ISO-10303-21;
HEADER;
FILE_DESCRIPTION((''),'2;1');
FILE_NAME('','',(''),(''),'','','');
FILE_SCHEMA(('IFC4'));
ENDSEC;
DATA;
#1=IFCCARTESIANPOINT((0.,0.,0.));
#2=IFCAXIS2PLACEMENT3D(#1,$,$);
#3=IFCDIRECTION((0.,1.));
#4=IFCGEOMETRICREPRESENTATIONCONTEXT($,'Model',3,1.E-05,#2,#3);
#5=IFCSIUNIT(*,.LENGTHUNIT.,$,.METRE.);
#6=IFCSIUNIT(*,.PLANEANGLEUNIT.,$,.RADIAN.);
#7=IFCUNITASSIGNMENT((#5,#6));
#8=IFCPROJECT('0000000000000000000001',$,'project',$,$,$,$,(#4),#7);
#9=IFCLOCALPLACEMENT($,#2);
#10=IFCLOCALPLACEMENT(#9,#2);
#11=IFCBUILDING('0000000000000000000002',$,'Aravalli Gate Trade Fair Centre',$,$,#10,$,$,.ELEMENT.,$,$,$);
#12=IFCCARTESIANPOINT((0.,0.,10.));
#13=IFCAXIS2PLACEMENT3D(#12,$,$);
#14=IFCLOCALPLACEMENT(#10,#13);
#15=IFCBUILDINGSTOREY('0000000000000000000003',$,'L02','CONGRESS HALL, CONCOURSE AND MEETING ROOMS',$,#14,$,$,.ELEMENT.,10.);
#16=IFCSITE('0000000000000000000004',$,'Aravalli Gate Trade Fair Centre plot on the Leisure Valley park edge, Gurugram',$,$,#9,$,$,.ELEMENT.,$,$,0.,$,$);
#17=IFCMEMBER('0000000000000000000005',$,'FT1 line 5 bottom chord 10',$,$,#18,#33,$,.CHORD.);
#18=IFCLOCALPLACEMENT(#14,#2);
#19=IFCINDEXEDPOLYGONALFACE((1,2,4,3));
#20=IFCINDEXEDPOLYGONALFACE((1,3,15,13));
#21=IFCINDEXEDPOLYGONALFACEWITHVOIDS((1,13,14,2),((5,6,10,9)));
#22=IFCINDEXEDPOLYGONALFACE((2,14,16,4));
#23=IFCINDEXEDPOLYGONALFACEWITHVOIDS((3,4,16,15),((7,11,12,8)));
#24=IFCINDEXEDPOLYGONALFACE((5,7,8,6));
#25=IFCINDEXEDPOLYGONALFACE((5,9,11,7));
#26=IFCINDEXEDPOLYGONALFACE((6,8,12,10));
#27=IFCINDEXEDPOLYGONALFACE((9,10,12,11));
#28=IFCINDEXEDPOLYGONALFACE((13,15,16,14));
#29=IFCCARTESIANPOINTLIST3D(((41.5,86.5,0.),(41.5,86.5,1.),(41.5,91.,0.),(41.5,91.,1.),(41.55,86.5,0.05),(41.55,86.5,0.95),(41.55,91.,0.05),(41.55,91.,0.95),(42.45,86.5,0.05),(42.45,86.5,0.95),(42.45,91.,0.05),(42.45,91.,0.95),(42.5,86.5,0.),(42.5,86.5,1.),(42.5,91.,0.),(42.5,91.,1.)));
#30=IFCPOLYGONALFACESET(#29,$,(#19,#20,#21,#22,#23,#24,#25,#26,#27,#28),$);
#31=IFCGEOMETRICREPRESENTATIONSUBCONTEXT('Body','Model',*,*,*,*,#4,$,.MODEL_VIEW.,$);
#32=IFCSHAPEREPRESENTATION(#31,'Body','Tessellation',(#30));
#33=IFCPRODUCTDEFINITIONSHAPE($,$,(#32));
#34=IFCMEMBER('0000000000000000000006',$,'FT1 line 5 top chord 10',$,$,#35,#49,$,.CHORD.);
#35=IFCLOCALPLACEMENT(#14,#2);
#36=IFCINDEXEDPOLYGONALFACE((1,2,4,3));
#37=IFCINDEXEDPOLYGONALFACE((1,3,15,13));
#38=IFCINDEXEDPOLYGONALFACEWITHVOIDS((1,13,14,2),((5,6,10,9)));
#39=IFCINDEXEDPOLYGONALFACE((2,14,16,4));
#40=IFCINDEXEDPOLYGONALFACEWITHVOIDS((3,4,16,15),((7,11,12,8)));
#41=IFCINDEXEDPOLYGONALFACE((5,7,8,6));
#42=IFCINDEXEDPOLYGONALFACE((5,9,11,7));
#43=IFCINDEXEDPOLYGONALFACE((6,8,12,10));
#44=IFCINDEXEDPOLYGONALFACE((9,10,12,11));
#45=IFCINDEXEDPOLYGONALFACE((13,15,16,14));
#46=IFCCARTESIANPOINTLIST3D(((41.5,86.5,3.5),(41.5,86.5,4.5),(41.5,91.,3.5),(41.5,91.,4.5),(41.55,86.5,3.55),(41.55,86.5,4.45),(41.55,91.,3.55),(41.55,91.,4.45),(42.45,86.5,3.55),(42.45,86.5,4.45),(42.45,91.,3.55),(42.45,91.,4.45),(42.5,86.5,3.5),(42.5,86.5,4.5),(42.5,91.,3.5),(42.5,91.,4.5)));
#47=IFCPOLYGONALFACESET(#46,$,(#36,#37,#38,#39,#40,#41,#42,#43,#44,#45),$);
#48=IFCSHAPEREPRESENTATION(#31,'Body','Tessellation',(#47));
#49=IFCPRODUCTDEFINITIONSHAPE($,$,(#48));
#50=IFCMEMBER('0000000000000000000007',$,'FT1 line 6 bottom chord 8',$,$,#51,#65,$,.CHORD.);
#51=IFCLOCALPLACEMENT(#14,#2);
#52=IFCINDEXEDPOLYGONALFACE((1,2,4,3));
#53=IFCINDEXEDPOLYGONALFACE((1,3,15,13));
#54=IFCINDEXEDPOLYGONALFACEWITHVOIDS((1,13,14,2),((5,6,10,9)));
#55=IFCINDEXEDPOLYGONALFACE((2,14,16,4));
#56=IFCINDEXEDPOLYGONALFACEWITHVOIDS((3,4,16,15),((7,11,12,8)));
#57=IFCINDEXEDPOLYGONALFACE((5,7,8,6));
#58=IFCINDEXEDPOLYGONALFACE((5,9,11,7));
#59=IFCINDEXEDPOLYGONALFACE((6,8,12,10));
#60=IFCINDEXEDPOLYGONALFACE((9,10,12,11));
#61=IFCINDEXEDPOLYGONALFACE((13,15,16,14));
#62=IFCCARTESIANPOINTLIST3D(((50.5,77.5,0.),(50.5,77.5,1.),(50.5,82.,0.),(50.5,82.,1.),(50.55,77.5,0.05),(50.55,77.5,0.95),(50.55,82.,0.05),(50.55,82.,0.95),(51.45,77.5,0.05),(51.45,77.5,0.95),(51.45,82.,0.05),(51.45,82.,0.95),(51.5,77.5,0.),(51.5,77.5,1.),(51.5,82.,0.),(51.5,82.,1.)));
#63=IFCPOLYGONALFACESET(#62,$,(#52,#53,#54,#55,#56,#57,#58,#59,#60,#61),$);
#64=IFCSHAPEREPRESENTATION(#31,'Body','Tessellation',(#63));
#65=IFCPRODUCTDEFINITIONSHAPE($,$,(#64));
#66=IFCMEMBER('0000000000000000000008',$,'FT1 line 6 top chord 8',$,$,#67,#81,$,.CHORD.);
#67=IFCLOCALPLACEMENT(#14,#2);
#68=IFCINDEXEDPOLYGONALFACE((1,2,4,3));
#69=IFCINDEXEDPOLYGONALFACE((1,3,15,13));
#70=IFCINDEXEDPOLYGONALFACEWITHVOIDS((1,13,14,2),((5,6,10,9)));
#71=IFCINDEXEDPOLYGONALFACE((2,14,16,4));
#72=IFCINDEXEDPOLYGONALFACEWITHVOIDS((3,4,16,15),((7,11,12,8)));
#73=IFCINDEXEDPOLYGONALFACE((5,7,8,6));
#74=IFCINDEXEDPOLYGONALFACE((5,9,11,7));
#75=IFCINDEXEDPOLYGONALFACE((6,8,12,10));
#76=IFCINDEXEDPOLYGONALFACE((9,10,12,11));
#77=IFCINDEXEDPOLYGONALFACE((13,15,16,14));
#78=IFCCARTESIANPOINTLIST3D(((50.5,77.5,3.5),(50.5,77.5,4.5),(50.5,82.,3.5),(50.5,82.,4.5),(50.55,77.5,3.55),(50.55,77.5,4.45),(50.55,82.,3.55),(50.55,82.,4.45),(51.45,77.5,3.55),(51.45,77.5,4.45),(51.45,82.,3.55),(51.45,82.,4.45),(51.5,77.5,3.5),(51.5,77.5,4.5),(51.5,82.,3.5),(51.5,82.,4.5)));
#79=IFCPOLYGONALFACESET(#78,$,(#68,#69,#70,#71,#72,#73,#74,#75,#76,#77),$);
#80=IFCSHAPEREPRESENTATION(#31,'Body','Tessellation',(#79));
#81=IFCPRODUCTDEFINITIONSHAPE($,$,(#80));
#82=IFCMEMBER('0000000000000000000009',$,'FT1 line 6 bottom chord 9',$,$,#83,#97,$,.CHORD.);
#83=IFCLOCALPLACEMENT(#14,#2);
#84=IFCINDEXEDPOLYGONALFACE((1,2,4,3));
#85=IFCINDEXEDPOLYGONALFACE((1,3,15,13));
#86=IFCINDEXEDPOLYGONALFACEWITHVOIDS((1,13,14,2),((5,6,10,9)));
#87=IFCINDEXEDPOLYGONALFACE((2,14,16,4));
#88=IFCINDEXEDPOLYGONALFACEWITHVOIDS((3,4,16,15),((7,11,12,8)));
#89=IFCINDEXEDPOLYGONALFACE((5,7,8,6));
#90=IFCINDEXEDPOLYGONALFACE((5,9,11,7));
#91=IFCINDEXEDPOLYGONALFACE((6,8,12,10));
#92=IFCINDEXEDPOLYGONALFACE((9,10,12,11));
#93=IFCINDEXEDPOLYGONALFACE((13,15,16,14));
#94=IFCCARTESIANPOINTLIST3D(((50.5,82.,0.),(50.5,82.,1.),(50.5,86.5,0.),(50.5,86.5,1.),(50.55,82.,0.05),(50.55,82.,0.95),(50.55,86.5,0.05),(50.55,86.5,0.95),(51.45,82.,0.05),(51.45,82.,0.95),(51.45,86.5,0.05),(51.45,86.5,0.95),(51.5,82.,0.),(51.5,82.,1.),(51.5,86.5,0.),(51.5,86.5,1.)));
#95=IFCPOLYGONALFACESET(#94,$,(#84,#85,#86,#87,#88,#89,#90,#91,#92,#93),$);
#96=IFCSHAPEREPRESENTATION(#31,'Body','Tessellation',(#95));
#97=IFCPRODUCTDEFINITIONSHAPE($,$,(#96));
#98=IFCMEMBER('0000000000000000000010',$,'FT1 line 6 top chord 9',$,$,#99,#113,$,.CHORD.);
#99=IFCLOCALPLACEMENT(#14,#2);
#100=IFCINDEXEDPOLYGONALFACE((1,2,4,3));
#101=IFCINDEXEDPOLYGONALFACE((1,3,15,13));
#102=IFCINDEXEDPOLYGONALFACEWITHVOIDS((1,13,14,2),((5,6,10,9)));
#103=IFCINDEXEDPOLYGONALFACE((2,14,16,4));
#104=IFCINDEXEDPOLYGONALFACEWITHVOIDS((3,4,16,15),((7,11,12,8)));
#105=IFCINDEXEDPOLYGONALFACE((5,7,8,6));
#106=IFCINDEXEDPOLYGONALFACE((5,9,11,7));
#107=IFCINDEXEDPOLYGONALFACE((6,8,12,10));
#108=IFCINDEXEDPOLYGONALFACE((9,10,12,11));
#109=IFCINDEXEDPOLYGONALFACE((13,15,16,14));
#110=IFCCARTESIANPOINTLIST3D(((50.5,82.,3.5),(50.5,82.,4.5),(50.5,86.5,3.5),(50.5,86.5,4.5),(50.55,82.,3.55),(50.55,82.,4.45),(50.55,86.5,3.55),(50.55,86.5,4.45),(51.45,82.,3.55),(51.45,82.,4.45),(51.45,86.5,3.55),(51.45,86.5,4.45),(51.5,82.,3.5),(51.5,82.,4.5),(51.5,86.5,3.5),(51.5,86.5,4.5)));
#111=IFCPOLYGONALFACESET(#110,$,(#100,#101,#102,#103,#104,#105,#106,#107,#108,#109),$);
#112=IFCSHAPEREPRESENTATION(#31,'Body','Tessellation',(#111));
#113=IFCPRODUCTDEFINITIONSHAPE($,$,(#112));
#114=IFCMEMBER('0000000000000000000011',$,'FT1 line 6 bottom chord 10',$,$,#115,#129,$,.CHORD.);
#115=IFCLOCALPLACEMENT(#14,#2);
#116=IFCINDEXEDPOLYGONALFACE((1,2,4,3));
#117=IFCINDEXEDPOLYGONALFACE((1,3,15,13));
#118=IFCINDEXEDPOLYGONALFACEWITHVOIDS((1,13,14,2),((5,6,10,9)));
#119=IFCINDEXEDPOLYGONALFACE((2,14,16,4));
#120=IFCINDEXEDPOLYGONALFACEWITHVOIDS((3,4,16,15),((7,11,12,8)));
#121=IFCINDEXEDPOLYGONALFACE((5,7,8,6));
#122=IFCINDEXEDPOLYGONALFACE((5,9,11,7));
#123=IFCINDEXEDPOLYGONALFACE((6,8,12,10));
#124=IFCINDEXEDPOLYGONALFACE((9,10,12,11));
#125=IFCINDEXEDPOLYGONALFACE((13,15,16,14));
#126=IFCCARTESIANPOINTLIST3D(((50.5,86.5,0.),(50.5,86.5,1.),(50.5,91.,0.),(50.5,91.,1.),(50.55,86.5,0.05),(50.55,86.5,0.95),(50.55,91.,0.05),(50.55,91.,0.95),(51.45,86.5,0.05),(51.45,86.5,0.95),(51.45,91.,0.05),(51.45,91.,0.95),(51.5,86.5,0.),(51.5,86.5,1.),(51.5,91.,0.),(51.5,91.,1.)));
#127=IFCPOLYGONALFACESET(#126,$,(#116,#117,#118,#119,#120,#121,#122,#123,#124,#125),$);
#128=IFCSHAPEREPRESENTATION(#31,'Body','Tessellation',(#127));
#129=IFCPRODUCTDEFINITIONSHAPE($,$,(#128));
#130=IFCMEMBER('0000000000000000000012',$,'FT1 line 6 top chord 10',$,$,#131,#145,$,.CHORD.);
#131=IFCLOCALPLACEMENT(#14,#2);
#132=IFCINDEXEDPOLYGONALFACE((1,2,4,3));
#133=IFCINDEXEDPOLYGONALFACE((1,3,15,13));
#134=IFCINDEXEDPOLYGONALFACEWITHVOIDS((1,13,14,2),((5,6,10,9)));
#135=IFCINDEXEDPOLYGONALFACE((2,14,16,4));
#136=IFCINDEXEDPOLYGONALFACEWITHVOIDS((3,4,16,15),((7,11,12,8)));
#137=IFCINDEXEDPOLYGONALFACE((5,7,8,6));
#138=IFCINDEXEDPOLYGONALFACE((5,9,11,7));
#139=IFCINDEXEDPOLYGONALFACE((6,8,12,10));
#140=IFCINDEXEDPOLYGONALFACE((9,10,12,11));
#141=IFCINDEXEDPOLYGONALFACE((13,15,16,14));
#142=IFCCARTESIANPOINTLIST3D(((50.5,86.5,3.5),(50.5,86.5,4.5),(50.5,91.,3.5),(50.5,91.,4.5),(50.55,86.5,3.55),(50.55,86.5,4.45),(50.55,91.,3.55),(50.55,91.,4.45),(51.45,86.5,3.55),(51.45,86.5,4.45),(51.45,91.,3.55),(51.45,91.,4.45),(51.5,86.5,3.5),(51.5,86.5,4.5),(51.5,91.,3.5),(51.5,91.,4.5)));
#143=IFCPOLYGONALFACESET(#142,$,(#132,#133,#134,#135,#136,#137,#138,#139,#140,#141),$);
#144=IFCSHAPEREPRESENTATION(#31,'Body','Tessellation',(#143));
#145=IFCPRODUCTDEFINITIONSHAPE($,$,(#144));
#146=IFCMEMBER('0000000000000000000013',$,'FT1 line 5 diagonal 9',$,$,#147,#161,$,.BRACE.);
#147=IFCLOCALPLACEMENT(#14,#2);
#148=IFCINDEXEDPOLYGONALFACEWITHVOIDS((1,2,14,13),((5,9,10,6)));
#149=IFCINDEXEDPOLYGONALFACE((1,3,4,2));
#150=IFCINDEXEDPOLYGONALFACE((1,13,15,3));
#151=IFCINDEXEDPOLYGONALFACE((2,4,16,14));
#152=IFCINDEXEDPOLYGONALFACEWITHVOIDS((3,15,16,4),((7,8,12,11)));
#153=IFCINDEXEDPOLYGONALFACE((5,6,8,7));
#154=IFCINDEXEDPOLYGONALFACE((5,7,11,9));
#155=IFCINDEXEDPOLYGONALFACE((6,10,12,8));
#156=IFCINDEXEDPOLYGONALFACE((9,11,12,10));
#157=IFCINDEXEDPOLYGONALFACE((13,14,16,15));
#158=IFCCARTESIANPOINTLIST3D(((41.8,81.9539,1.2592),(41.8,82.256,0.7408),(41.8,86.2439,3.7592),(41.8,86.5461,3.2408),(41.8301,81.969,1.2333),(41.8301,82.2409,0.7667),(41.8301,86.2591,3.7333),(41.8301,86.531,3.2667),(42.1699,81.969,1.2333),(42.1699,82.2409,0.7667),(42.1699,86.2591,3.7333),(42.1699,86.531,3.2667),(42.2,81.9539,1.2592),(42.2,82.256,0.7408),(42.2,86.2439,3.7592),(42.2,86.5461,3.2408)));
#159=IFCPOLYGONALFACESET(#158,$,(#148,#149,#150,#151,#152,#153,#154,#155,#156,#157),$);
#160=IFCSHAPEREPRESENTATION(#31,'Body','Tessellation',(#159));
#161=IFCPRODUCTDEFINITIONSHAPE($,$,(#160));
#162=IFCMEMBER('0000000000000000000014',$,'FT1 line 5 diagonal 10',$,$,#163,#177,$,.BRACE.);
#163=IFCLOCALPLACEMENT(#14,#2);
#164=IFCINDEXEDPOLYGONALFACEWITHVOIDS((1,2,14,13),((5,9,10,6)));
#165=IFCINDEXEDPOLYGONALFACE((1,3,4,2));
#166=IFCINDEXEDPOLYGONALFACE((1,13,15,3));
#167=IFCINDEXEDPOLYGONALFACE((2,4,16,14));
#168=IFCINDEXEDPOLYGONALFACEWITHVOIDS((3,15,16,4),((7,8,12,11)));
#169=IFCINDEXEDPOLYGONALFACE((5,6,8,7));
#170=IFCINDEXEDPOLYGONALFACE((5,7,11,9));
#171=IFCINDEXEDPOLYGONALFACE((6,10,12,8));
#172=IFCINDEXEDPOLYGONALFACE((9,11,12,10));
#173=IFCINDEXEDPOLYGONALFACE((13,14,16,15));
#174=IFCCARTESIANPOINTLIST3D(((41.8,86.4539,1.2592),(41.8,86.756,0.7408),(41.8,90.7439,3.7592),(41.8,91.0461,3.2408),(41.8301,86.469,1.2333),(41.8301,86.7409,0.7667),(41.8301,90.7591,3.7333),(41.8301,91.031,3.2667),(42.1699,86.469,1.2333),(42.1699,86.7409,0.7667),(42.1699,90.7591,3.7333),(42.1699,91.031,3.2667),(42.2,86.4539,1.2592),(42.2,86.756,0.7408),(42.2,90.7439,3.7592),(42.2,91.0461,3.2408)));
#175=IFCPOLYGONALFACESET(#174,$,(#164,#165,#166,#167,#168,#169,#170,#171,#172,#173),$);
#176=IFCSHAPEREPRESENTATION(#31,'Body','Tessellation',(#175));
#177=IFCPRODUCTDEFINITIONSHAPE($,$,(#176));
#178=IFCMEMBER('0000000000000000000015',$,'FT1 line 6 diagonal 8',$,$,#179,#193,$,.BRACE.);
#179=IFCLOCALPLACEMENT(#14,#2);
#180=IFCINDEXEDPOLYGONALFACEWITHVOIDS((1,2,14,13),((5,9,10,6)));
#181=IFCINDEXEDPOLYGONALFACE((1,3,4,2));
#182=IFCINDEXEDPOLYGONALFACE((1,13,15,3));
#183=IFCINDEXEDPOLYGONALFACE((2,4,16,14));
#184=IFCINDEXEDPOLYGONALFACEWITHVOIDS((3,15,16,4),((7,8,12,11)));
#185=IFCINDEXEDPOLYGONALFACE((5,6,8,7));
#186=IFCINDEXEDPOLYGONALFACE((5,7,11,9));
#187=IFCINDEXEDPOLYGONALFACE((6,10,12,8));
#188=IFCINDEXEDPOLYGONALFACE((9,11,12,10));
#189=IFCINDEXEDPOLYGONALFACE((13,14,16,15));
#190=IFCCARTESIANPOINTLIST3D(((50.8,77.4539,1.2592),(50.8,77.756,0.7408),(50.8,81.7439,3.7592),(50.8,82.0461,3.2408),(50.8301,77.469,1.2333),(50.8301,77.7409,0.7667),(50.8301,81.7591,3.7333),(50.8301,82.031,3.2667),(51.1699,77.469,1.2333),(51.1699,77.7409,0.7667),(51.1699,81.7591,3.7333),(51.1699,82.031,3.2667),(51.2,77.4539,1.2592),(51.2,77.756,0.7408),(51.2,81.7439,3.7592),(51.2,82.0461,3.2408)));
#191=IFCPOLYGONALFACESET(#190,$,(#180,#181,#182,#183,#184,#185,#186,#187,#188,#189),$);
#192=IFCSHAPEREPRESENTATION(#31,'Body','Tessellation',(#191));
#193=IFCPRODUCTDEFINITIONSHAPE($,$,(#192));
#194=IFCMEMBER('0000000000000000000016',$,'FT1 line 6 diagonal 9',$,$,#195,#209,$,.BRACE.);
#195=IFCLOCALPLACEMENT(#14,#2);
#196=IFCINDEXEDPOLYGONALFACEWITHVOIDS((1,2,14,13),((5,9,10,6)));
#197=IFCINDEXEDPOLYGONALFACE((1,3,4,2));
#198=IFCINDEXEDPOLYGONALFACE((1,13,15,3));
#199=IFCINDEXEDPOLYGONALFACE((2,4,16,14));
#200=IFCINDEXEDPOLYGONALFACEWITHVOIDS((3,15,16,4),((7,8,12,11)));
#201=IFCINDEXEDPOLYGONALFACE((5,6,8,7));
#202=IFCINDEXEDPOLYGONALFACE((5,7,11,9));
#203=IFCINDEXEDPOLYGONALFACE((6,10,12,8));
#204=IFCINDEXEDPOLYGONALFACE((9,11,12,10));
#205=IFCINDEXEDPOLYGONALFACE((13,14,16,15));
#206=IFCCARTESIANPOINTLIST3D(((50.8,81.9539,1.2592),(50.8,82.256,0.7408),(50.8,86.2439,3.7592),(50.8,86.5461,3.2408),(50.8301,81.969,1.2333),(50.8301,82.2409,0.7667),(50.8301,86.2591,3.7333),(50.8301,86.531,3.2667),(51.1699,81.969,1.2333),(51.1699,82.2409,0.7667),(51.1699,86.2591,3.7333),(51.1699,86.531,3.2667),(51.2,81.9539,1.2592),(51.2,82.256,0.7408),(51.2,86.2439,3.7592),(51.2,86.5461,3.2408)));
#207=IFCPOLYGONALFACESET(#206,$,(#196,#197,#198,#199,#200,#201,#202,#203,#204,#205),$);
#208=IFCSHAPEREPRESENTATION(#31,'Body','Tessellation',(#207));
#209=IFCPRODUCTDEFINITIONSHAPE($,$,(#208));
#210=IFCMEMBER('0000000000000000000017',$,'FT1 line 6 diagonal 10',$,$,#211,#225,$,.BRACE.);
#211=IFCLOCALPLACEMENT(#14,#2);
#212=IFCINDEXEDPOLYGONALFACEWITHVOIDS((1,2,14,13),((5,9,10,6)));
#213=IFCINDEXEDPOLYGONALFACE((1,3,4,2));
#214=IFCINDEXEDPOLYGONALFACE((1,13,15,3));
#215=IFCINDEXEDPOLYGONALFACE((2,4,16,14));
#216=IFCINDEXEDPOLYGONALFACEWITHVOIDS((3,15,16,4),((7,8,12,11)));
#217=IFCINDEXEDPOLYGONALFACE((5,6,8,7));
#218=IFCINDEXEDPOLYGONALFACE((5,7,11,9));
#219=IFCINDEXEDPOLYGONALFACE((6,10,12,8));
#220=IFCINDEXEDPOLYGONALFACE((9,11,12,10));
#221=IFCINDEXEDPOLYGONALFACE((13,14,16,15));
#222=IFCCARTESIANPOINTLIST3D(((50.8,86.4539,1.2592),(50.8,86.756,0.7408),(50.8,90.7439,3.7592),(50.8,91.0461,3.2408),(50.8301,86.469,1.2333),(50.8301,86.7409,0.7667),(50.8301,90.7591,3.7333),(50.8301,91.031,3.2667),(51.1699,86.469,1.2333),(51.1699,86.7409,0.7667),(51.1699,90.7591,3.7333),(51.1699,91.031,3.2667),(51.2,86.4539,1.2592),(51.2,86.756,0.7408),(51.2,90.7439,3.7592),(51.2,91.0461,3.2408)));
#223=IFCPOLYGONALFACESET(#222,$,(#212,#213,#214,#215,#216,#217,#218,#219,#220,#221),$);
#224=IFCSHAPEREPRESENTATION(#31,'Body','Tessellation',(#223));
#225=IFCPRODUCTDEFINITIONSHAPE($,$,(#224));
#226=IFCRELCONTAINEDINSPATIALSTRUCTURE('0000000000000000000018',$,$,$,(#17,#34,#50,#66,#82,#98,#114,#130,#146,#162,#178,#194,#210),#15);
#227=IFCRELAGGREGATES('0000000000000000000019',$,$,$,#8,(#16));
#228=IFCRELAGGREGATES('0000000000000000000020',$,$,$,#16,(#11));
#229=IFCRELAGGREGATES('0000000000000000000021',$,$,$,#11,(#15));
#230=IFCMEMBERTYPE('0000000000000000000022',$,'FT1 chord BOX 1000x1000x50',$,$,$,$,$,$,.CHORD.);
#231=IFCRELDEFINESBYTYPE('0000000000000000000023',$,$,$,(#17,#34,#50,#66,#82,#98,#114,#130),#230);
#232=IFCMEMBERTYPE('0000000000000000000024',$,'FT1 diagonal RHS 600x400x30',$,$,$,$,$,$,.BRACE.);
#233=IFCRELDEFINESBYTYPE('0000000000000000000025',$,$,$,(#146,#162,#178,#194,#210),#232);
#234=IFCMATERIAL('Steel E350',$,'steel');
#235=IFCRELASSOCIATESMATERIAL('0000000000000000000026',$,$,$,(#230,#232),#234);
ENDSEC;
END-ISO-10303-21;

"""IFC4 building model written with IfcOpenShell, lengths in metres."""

from ifc_helpers import new_model, si_unit, direction, frame, origin, origin_2d, place, context, subcontext, project, spatial, hollow_rectangle, extrude, material, material_profile, profile_set, type_object, element, save


model = new_model("IFC4")

# Units and contexts
model_context = context("Model", 3, precision=1e-05, world=origin(), true_north=direction((0.0, 1.0)))
body_context = subcontext(model_context, "Body", "Model", "MODEL_VIEW")
ifc_project = project(units=[si_unit("LENGTHUNIT", "METRE"), si_unit("PLANEANGLEUNIT", "RADIAN")], contexts=[model_context])

# Site, building, storey
site_placement = place(None, origin())
site = spatial("IfcSite", under=ifc_project, at=site_placement, Name="Aravalli Gate Trade Fair Centre plot on the Leisure Valley park edge, Gurugram", CompositionType="ELEMENT", RefElevation=0.0)
building_placement = place(site_placement, origin())
building = spatial("IfcBuilding", under=site, at=building_placement, Name="Aravalli Gate Trade Fair Centre", CompositionType="ELEMENT")
storey_placement = place(building_placement, frame((0.0, 0.0, 10.0)))
storey = spatial("IfcBuildingStorey", under=building, at=storey_placement, Name="L02", Description="CONGRESS HALL, CONCOURSE AND MEETING ROOMS", CompositionType="ELEMENT", Elevation=10.0)

# Members
ifc_material = material(Name="Steel E350", Category="steel")
ifc_material_profile_1 = material_profile(ifc_material, hollow_rectangle(XDim=1.0, YDim=1.0, WallThickness=0.05, at=origin_2d()), Name="BOX 1000x1000x50")
ifc_profile_set_1 = profile_set([ifc_material_profile_1], Name="Steel E350")
member_type_1 = type_object("IfcMemberType", Name="FT1 chord BOX 1000x1000x50", PredefinedType="CHORD", material=ifc_profile_set_1)
for number, where, z_axis, x_axis, name in (
    (1, (42.0, 86.5, 0.5), (0.0, 1.0, 0.0), (-1.0, 0.0, 0.0), "FT1 line 5 bottom chord 10"),
    (2, (42.0, 86.5, 4.0), (0.0, 1.0, 0.0), (-1.0, 0.0, 0.0), "FT1 line 5 top chord 10"),
    (3, (51.0, 77.5, 0.5), (0.0, 1.0, 0.0), (-1.0, 0.0, 0.0), "FT1 line 6 bottom chord 8"),
    (4, (51.0, 77.5, 4.0), (0.0, 1.0, 0.0), (-1.0, 0.0, 0.0), "FT1 line 6 top chord 8"),
    (5, (51.0, 82.0, 0.5), (0.0, 1.0, 0.0), (-1.0, 0.0, 0.0), "FT1 line 6 bottom chord 9"),
    (6, (51.0, 82.0, 4.0), (0.0, 1.0, 0.0), (-1.0, 0.0, 0.0), "FT1 line 6 top chord 9"),
    (7, (51.0, 86.5, 0.5), (0.0, 1.0, 0.0), (-1.0, 0.0, 0.0), "FT1 line 6 bottom chord 10"),
    (8, (51.0, 86.5, 4.0), (0.0, 1.0, 0.0), (-1.0, 0.0, 0.0), "FT1 line 6 top chord 10"),
):
    element("IfcMember", number, at=place(storey_placement, frame(where, z_axis=z_axis, x_axis=x_axis)), inside=storey, type_object=member_type_1, Name=name, PredefinedType="CHORD", context=body_context, shape_type="SweptSolid", body=[
        extrude(hollow_rectangle(XDim=1.0, YDim=1.0, WallThickness=0.05, at=origin_2d()), origin(), (0.0, 0.0, 1.0), 4.5),
    ])
ifc_material_profile_2 = material_profile(ifc_material, hollow_rectangle(XDim=0.3999, YDim=0.6001, WallThickness=0.03, at=origin_2d()), Name="RHS 600x400x30")
ifc_profile_set_2 = profile_set([ifc_material_profile_2], Name="Steel E350")
member_type_2 = type_object("IfcMemberType", Name="FT1 diagonal RHS 600x400x30", PredefinedType="BRACE", material=ifc_profile_set_2)
for number, where, z_axis, x_axis, name in (
    (9, (42.0, 86.395, 3.5), (0.0, -0.864, -0.503492), (1.0, 0.0, 0.0), "FT1 line 5 diagonal 9"),
    (10, (42.0, 90.895, 3.5), (0.0, -0.864, -0.503492), (1.0, 0.0, 0.0), "FT1 line 5 diagonal 10"),
    (11, (51.0, 81.895, 3.5), (0.0, -0.864, -0.503492), (1.0, 0.0, 0.0), "FT1 line 6 diagonal 8"),
    (12, (51.0, 86.395, 3.5), (0.0, -0.864, -0.503492), (1.0, 0.0, 0.0), "FT1 line 6 diagonal 9"),
    (13, (51.0, 90.895, 3.5), (0.0, -0.864, -0.503492), (1.0, 0.0, 0.0), "FT1 line 6 diagonal 10"),
):
    element("IfcMember", number, at=place(storey_placement, frame(where, z_axis=z_axis, x_axis=x_axis)), inside=storey, type_object=member_type_2, Name=name, PredefinedType="BRACE", context=body_context, shape_type="SweptSolid", body=[
        extrude(hollow_rectangle(XDim=0.3999, YDim=0.6001, WallThickness=0.03, at=origin_2d()), origin(), (0.0, 0.0, 1.0), 4.9653),
    ])

save(model, "model.ifc")
